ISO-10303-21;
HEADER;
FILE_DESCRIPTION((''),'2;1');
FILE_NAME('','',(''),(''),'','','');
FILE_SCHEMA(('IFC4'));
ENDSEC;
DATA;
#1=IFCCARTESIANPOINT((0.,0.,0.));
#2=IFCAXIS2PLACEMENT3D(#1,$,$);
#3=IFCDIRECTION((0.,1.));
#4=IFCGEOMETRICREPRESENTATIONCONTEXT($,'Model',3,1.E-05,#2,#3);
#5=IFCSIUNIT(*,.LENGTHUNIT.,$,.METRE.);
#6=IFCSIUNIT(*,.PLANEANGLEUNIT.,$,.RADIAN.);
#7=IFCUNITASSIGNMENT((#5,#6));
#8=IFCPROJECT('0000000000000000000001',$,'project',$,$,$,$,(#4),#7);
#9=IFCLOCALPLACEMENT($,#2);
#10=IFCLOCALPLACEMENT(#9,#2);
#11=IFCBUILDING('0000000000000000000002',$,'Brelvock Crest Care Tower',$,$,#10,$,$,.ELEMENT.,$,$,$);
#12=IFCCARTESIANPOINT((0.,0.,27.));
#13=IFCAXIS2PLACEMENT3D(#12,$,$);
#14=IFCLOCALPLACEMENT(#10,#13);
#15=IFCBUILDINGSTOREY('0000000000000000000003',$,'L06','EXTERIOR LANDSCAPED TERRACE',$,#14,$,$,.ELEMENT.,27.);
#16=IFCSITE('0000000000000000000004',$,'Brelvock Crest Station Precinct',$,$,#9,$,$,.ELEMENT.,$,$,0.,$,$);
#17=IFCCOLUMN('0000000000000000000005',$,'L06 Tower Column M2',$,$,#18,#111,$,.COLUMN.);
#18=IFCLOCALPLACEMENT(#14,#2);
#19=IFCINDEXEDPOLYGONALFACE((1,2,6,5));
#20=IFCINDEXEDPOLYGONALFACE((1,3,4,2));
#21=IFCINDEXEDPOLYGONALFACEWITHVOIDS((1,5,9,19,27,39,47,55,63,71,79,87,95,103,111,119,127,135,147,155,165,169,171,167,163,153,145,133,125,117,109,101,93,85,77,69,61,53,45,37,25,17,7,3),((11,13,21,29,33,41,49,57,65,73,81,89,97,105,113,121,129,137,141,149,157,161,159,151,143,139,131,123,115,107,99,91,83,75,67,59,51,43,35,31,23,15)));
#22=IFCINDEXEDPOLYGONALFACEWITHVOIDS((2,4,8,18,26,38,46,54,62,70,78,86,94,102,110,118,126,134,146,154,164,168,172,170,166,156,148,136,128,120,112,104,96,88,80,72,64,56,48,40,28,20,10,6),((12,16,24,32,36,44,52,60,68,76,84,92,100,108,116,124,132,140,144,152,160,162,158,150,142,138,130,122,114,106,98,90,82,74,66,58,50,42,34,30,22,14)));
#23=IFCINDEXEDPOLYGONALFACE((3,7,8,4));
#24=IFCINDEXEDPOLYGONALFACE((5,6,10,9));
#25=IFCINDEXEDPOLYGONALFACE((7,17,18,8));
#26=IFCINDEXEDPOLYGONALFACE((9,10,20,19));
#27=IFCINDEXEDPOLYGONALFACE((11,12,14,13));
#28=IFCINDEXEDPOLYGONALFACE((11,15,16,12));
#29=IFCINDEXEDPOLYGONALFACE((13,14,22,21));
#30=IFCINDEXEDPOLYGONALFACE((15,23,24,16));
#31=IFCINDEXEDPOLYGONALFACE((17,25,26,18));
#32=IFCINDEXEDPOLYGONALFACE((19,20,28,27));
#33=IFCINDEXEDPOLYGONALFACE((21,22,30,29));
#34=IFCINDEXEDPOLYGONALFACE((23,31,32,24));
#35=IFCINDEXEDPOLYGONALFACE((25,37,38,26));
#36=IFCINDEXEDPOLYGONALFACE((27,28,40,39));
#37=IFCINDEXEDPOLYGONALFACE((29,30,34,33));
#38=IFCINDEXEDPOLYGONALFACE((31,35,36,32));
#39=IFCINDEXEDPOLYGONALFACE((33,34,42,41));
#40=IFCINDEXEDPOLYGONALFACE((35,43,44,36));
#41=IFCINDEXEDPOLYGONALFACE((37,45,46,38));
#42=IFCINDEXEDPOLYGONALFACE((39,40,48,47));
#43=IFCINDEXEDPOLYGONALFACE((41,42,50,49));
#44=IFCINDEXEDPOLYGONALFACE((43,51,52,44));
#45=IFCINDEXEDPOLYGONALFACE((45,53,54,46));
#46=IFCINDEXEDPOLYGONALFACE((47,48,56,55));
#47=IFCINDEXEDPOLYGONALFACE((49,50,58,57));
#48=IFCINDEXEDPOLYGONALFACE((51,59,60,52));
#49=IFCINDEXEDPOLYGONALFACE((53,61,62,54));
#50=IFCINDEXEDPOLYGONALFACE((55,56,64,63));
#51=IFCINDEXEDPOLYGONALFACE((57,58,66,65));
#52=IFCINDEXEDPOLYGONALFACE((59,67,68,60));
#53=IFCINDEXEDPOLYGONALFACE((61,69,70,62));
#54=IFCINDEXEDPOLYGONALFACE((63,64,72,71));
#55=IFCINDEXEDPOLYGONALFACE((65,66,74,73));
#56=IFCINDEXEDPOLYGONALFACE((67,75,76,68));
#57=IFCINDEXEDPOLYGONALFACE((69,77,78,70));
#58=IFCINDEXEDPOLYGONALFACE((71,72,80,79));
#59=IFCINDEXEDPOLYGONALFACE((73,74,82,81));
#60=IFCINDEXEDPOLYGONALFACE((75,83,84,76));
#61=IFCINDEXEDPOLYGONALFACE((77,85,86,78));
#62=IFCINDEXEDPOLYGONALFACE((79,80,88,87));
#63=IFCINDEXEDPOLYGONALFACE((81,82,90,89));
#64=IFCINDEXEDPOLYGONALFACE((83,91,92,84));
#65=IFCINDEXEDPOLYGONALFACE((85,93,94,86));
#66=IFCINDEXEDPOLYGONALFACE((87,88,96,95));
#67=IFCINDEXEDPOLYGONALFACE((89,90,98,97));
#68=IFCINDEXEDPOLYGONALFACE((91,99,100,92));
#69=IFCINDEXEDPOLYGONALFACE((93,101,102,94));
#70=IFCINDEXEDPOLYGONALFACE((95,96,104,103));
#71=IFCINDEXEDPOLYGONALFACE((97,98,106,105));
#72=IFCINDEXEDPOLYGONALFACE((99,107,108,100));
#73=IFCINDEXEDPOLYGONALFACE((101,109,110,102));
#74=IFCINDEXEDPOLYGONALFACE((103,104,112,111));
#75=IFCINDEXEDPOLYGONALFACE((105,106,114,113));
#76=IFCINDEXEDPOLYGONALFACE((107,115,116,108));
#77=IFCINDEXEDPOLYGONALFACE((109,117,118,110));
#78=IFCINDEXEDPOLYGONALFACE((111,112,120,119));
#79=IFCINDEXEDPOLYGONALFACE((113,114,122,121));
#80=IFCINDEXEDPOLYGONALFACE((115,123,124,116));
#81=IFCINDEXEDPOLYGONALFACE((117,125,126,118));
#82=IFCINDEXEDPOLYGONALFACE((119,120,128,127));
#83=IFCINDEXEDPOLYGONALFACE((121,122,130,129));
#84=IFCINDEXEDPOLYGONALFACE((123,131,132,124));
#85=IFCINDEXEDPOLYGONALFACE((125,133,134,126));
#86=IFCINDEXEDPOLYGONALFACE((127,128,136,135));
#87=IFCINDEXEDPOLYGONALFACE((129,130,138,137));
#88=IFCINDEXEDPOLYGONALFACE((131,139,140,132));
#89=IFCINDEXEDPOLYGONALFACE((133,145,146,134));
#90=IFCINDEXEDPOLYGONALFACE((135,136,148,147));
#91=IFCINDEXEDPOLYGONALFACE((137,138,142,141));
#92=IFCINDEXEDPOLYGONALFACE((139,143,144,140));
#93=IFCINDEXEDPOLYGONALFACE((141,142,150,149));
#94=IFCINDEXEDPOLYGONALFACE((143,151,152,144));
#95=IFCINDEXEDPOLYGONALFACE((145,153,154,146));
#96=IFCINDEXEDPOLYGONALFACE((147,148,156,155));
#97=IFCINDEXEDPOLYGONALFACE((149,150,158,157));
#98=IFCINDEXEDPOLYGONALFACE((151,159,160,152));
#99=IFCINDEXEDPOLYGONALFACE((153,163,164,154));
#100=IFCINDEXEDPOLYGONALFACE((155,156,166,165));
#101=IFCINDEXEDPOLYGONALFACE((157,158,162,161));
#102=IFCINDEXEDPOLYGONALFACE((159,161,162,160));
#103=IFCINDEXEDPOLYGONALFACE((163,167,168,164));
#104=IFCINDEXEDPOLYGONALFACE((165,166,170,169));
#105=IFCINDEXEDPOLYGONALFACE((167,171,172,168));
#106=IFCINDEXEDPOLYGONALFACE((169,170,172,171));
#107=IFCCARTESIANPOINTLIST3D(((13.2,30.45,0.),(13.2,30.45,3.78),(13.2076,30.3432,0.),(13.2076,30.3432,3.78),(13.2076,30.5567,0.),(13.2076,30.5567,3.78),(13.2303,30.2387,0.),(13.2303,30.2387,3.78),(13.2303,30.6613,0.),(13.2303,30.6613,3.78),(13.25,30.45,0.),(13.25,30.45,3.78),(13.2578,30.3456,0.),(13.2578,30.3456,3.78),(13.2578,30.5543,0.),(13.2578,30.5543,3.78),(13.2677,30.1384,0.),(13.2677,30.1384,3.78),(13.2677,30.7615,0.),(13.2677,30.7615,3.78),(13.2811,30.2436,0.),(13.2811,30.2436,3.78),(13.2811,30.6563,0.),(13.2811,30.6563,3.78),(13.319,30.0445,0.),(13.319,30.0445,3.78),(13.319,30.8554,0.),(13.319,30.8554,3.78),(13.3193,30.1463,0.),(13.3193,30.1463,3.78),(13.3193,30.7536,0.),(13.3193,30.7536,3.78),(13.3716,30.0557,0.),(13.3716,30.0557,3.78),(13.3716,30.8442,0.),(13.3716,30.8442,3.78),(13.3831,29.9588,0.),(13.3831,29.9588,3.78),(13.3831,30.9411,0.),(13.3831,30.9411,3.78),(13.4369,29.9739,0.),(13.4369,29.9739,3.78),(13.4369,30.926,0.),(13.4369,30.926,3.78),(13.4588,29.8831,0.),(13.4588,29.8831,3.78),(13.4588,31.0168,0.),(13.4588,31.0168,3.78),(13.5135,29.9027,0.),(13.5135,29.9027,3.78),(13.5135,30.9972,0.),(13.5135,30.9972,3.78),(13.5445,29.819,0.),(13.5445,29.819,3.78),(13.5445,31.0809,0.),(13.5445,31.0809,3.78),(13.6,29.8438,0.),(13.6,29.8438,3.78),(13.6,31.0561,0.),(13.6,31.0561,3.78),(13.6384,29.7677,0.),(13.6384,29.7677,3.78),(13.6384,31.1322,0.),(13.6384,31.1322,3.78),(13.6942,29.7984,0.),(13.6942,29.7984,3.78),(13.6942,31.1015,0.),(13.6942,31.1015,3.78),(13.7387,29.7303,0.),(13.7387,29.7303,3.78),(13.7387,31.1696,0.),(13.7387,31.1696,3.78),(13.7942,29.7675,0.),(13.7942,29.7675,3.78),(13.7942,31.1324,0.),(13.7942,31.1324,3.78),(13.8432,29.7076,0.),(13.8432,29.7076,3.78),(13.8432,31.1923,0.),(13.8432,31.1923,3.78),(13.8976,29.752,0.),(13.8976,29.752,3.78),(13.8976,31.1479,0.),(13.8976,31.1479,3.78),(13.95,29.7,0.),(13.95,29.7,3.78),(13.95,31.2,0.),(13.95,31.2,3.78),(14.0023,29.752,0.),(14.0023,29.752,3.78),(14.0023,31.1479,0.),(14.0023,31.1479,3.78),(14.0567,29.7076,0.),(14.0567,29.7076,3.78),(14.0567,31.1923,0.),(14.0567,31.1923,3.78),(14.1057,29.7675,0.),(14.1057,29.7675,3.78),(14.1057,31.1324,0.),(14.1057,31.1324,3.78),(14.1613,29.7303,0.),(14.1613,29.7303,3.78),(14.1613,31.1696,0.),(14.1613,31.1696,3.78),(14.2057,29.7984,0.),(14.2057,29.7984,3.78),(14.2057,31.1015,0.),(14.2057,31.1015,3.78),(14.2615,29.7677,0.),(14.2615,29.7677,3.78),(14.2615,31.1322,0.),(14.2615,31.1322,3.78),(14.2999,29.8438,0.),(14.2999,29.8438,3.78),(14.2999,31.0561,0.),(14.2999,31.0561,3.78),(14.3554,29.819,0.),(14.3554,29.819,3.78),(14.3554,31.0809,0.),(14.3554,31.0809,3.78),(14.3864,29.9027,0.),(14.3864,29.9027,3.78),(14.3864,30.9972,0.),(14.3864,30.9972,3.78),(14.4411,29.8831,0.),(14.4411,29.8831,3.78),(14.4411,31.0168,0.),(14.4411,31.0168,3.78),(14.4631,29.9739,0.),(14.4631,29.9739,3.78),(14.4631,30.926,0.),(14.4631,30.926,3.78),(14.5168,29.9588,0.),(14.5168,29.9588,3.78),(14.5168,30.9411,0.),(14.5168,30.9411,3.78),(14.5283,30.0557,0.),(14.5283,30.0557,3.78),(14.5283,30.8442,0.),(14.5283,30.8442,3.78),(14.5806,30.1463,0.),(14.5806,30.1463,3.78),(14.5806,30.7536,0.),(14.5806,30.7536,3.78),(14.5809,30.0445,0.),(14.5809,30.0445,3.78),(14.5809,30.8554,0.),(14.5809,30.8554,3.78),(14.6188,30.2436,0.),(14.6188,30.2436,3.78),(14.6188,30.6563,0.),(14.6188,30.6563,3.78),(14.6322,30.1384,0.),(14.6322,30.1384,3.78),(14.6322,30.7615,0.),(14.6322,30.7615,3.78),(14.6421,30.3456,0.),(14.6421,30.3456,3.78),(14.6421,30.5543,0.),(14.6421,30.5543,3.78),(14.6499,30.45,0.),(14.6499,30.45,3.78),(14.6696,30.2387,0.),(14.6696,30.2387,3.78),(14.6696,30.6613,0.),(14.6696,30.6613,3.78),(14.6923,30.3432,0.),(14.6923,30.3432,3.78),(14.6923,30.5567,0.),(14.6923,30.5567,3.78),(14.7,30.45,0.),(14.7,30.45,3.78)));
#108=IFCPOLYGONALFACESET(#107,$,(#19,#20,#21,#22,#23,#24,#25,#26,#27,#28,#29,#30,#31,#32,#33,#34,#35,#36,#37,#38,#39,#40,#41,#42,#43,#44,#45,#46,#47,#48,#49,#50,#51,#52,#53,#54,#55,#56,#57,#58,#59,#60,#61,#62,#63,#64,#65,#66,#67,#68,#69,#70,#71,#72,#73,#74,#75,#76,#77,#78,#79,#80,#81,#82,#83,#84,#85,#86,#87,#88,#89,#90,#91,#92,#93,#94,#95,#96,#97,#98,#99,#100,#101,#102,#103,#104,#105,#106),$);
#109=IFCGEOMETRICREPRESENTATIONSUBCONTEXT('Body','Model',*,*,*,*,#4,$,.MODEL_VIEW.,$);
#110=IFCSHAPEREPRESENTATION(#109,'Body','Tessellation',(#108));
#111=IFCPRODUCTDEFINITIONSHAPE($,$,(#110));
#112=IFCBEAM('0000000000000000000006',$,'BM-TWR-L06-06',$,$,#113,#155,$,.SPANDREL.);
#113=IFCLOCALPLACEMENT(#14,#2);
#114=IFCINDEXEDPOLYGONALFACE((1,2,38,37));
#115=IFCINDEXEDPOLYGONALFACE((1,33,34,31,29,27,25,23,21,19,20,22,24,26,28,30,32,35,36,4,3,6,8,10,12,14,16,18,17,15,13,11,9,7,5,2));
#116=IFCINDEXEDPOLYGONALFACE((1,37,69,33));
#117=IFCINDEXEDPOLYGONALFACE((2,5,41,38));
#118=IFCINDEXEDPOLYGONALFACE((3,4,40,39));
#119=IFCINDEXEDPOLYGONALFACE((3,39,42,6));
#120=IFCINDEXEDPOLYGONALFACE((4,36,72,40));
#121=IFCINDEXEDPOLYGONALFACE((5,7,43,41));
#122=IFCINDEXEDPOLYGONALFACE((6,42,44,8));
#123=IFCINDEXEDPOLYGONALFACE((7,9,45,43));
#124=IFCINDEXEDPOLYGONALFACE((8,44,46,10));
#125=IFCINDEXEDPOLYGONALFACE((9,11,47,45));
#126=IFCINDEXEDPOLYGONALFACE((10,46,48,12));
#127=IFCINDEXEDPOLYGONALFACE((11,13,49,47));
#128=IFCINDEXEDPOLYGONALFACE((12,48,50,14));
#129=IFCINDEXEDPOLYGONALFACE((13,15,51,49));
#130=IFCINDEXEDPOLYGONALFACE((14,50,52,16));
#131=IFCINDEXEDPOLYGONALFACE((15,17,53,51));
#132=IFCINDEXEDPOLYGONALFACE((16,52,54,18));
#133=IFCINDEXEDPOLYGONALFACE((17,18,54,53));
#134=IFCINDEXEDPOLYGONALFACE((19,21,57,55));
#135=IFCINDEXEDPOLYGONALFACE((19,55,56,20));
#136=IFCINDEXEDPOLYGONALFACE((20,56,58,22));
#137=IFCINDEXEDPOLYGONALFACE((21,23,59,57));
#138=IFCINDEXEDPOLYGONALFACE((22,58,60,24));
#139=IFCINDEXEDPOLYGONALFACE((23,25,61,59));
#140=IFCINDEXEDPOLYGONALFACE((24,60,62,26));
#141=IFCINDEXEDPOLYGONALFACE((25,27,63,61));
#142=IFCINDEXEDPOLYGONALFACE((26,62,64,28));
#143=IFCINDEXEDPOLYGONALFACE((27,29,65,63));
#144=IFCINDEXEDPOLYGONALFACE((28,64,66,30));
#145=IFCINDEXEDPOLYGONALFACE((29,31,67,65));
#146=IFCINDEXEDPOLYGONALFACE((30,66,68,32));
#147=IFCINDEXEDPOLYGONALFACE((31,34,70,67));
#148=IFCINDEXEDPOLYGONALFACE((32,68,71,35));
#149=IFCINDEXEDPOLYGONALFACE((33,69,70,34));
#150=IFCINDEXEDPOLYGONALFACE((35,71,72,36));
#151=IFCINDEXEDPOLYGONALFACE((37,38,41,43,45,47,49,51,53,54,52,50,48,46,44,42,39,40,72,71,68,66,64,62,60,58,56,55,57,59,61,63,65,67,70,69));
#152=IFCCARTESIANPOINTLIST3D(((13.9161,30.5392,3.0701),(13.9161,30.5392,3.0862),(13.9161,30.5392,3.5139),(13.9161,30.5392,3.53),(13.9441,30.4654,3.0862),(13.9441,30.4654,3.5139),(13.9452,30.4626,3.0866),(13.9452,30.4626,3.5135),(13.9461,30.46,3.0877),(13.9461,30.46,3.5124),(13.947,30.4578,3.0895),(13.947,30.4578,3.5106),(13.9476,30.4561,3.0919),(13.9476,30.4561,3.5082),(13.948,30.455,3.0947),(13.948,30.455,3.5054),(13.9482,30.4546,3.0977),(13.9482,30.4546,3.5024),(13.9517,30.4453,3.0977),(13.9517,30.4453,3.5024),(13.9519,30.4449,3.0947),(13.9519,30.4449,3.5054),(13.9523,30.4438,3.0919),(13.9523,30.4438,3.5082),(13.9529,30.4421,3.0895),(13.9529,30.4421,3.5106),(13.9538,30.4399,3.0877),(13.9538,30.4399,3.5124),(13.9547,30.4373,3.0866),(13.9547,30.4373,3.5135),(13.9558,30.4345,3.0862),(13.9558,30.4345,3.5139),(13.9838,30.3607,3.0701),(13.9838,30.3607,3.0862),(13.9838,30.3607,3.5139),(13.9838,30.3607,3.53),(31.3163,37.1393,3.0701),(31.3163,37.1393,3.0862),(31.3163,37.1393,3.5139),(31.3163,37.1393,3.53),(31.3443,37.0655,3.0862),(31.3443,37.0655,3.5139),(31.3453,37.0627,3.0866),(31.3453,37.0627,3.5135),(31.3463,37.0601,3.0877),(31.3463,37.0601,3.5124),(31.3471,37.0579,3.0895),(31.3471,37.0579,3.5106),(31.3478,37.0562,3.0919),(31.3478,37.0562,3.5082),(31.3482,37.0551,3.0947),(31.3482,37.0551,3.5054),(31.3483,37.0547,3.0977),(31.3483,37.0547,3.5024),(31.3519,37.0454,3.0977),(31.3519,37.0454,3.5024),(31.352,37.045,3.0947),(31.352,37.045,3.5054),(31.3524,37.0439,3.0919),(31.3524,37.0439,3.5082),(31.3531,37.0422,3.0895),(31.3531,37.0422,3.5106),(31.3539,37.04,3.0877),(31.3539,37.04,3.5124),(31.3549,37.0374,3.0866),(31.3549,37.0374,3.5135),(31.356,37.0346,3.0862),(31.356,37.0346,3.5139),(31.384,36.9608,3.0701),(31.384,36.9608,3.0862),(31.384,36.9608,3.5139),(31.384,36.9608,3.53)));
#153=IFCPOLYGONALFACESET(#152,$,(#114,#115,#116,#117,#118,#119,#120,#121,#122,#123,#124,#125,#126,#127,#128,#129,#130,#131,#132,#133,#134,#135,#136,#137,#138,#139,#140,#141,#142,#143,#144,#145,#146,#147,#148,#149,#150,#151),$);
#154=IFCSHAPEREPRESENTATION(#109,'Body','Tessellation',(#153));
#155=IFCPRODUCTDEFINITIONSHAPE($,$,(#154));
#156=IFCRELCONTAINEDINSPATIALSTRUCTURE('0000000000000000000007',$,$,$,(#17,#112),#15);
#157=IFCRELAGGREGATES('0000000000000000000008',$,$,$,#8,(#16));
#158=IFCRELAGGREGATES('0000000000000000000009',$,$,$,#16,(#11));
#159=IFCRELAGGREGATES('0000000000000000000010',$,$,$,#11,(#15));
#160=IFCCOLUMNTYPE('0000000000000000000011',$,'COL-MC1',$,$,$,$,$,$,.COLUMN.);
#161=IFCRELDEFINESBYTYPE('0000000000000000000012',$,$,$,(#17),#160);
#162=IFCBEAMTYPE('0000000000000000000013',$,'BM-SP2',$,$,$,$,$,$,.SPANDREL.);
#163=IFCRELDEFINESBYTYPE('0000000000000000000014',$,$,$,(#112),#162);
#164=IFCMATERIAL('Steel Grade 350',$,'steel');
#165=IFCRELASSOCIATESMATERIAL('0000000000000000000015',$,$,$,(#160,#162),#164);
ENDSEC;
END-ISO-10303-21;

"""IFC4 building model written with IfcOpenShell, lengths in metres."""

from ifc_helpers import new_model, si_unit, direction, frame, origin, origin_2d, place, context, subcontext, project, spatial, hollow_circle, i_section, extrude, source, transform, mapped, material, material_profile, profile_set, type_object, element, save


model = new_model("IFC4")

# Units and contexts
model_context = context("Model", 3, precision=1e-05, world=origin(), true_north=direction((0.0, 1.0)))
body_context = subcontext(model_context, "Body", "Model", "MODEL_VIEW")
ifc_project = project(units=[si_unit("LENGTHUNIT", "METRE"), si_unit("PLANEANGLEUNIT", "RADIAN")], contexts=[model_context])

# Site, building, storey
site_placement = place(None, origin())
site = spatial("IfcSite", under=ifc_project, at=site_placement, Name="Brelvock Crest Station Precinct", CompositionType="ELEMENT", RefElevation=0.0)
building_placement = place(site_placement, origin())
building = spatial("IfcBuilding", under=site, at=building_placement, Name="Brelvock Crest Care Tower", CompositionType="ELEMENT")
storey_placement = place(building_placement, frame((0.0, 0.0, 27.0)))
storey = spatial("IfcBuildingStorey", under=building, at=storey_placement, Name="L06", Description="EXTERIOR LANDSCAPED TERRACE", CompositionType="ELEMENT", Elevation=27.0)

# Column
ifc_material_1 = material(Name="Steel Grade 350", Category="steel")
ifc_material_profile_1 = material_profile(ifc_material_1, hollow_circle(Radius=0.75, WallThickness=0.05, at=origin_2d()), Name="CFT1500x50")
ifc_profile_set_1 = profile_set([ifc_material_profile_1], Name="Steel Grade 350")
column_type = type_object("IfcColumnType", Name="COL-MC1", PredefinedType="COLUMN", material=ifc_profile_set_1)
shared_shape_1 = source(origin(), body_context, "Body", "SweptSolid", [
    extrude(hollow_circle(Radius=0.75, WallThickness=0.05, at=origin_2d()), origin(), (0.0, 0.0, 1.0), 3.78),
])
column_placement = place(storey_placement, frame((13.95, 30.45, 0.0), z_axis=(0.0, 0.0, 1.0), x_axis=(1.0, 0.0, 0.0)))
element("IfcColumn", 1, at=column_placement, inside=storey, type_object=column_type, Name="L06 Tower Column M2", PredefinedType="COLUMN", context=body_context, shape_type="MappedRepresentation", body=[
    mapped(shared_shape_1, transform((0.0, 0.0, 0.0), x_axis=(1.0, 0.0, 0.0), y_axis=(0.0, 1.0, 0.0), z_axis=(0.0, 0.0, 1.0), scale=1.0)),
])

# Beam
ifc_material_profile_2 = material_profile(ifc_material_1, i_section(OverallWidth=0.1909, OverallDepth=0.46, WebThickness=0.01, FlangeThickness=0.0161, FilletRadius=0.0115, at=origin_2d()), Name="460UB82.1")
ifc_profile_set_2 = profile_set([ifc_material_profile_2], Name="Steel Grade 350")
beam_type_1 = type_object("IfcBeamType", Name="BM-SP2", PredefinedType="SPANDREL", material=ifc_profile_set_2)
shared_shape_2 = source(origin(), body_context, "Body", "SweptSolid", [
    extrude(i_section(OverallWidth=0.1909, OverallDepth=0.46, WebThickness=0.01, FlangeThickness=0.0161, FilletRadius=0.0115, at=origin_2d()), origin(), (0.0, 0.0, 1.0), 18.6099),
])
beam_1_placement = place(storey_placement, frame((13.95, 30.45, 3.3), z_axis=(0.934997, 0.354656, 0.0), x_axis=(-0.354656, 0.934997, 0.0)))
element("IfcBeam", 2, at=beam_1_placement, inside=storey, type_object=beam_type_1, Name="BM-TWR-L06-06", PredefinedType="SPANDREL", context=body_context, shape_type="MappedRepresentation", body=[
    mapped(shared_shape_2, transform((0.0, 0.0, 0.0), x_axis=(1.0, 0.0, 0.0), y_axis=(0.0, 1.0, 0.0), z_axis=(0.0, 0.0, 1.0), scale=1.0)),
])

save(model, "model.ifc")
